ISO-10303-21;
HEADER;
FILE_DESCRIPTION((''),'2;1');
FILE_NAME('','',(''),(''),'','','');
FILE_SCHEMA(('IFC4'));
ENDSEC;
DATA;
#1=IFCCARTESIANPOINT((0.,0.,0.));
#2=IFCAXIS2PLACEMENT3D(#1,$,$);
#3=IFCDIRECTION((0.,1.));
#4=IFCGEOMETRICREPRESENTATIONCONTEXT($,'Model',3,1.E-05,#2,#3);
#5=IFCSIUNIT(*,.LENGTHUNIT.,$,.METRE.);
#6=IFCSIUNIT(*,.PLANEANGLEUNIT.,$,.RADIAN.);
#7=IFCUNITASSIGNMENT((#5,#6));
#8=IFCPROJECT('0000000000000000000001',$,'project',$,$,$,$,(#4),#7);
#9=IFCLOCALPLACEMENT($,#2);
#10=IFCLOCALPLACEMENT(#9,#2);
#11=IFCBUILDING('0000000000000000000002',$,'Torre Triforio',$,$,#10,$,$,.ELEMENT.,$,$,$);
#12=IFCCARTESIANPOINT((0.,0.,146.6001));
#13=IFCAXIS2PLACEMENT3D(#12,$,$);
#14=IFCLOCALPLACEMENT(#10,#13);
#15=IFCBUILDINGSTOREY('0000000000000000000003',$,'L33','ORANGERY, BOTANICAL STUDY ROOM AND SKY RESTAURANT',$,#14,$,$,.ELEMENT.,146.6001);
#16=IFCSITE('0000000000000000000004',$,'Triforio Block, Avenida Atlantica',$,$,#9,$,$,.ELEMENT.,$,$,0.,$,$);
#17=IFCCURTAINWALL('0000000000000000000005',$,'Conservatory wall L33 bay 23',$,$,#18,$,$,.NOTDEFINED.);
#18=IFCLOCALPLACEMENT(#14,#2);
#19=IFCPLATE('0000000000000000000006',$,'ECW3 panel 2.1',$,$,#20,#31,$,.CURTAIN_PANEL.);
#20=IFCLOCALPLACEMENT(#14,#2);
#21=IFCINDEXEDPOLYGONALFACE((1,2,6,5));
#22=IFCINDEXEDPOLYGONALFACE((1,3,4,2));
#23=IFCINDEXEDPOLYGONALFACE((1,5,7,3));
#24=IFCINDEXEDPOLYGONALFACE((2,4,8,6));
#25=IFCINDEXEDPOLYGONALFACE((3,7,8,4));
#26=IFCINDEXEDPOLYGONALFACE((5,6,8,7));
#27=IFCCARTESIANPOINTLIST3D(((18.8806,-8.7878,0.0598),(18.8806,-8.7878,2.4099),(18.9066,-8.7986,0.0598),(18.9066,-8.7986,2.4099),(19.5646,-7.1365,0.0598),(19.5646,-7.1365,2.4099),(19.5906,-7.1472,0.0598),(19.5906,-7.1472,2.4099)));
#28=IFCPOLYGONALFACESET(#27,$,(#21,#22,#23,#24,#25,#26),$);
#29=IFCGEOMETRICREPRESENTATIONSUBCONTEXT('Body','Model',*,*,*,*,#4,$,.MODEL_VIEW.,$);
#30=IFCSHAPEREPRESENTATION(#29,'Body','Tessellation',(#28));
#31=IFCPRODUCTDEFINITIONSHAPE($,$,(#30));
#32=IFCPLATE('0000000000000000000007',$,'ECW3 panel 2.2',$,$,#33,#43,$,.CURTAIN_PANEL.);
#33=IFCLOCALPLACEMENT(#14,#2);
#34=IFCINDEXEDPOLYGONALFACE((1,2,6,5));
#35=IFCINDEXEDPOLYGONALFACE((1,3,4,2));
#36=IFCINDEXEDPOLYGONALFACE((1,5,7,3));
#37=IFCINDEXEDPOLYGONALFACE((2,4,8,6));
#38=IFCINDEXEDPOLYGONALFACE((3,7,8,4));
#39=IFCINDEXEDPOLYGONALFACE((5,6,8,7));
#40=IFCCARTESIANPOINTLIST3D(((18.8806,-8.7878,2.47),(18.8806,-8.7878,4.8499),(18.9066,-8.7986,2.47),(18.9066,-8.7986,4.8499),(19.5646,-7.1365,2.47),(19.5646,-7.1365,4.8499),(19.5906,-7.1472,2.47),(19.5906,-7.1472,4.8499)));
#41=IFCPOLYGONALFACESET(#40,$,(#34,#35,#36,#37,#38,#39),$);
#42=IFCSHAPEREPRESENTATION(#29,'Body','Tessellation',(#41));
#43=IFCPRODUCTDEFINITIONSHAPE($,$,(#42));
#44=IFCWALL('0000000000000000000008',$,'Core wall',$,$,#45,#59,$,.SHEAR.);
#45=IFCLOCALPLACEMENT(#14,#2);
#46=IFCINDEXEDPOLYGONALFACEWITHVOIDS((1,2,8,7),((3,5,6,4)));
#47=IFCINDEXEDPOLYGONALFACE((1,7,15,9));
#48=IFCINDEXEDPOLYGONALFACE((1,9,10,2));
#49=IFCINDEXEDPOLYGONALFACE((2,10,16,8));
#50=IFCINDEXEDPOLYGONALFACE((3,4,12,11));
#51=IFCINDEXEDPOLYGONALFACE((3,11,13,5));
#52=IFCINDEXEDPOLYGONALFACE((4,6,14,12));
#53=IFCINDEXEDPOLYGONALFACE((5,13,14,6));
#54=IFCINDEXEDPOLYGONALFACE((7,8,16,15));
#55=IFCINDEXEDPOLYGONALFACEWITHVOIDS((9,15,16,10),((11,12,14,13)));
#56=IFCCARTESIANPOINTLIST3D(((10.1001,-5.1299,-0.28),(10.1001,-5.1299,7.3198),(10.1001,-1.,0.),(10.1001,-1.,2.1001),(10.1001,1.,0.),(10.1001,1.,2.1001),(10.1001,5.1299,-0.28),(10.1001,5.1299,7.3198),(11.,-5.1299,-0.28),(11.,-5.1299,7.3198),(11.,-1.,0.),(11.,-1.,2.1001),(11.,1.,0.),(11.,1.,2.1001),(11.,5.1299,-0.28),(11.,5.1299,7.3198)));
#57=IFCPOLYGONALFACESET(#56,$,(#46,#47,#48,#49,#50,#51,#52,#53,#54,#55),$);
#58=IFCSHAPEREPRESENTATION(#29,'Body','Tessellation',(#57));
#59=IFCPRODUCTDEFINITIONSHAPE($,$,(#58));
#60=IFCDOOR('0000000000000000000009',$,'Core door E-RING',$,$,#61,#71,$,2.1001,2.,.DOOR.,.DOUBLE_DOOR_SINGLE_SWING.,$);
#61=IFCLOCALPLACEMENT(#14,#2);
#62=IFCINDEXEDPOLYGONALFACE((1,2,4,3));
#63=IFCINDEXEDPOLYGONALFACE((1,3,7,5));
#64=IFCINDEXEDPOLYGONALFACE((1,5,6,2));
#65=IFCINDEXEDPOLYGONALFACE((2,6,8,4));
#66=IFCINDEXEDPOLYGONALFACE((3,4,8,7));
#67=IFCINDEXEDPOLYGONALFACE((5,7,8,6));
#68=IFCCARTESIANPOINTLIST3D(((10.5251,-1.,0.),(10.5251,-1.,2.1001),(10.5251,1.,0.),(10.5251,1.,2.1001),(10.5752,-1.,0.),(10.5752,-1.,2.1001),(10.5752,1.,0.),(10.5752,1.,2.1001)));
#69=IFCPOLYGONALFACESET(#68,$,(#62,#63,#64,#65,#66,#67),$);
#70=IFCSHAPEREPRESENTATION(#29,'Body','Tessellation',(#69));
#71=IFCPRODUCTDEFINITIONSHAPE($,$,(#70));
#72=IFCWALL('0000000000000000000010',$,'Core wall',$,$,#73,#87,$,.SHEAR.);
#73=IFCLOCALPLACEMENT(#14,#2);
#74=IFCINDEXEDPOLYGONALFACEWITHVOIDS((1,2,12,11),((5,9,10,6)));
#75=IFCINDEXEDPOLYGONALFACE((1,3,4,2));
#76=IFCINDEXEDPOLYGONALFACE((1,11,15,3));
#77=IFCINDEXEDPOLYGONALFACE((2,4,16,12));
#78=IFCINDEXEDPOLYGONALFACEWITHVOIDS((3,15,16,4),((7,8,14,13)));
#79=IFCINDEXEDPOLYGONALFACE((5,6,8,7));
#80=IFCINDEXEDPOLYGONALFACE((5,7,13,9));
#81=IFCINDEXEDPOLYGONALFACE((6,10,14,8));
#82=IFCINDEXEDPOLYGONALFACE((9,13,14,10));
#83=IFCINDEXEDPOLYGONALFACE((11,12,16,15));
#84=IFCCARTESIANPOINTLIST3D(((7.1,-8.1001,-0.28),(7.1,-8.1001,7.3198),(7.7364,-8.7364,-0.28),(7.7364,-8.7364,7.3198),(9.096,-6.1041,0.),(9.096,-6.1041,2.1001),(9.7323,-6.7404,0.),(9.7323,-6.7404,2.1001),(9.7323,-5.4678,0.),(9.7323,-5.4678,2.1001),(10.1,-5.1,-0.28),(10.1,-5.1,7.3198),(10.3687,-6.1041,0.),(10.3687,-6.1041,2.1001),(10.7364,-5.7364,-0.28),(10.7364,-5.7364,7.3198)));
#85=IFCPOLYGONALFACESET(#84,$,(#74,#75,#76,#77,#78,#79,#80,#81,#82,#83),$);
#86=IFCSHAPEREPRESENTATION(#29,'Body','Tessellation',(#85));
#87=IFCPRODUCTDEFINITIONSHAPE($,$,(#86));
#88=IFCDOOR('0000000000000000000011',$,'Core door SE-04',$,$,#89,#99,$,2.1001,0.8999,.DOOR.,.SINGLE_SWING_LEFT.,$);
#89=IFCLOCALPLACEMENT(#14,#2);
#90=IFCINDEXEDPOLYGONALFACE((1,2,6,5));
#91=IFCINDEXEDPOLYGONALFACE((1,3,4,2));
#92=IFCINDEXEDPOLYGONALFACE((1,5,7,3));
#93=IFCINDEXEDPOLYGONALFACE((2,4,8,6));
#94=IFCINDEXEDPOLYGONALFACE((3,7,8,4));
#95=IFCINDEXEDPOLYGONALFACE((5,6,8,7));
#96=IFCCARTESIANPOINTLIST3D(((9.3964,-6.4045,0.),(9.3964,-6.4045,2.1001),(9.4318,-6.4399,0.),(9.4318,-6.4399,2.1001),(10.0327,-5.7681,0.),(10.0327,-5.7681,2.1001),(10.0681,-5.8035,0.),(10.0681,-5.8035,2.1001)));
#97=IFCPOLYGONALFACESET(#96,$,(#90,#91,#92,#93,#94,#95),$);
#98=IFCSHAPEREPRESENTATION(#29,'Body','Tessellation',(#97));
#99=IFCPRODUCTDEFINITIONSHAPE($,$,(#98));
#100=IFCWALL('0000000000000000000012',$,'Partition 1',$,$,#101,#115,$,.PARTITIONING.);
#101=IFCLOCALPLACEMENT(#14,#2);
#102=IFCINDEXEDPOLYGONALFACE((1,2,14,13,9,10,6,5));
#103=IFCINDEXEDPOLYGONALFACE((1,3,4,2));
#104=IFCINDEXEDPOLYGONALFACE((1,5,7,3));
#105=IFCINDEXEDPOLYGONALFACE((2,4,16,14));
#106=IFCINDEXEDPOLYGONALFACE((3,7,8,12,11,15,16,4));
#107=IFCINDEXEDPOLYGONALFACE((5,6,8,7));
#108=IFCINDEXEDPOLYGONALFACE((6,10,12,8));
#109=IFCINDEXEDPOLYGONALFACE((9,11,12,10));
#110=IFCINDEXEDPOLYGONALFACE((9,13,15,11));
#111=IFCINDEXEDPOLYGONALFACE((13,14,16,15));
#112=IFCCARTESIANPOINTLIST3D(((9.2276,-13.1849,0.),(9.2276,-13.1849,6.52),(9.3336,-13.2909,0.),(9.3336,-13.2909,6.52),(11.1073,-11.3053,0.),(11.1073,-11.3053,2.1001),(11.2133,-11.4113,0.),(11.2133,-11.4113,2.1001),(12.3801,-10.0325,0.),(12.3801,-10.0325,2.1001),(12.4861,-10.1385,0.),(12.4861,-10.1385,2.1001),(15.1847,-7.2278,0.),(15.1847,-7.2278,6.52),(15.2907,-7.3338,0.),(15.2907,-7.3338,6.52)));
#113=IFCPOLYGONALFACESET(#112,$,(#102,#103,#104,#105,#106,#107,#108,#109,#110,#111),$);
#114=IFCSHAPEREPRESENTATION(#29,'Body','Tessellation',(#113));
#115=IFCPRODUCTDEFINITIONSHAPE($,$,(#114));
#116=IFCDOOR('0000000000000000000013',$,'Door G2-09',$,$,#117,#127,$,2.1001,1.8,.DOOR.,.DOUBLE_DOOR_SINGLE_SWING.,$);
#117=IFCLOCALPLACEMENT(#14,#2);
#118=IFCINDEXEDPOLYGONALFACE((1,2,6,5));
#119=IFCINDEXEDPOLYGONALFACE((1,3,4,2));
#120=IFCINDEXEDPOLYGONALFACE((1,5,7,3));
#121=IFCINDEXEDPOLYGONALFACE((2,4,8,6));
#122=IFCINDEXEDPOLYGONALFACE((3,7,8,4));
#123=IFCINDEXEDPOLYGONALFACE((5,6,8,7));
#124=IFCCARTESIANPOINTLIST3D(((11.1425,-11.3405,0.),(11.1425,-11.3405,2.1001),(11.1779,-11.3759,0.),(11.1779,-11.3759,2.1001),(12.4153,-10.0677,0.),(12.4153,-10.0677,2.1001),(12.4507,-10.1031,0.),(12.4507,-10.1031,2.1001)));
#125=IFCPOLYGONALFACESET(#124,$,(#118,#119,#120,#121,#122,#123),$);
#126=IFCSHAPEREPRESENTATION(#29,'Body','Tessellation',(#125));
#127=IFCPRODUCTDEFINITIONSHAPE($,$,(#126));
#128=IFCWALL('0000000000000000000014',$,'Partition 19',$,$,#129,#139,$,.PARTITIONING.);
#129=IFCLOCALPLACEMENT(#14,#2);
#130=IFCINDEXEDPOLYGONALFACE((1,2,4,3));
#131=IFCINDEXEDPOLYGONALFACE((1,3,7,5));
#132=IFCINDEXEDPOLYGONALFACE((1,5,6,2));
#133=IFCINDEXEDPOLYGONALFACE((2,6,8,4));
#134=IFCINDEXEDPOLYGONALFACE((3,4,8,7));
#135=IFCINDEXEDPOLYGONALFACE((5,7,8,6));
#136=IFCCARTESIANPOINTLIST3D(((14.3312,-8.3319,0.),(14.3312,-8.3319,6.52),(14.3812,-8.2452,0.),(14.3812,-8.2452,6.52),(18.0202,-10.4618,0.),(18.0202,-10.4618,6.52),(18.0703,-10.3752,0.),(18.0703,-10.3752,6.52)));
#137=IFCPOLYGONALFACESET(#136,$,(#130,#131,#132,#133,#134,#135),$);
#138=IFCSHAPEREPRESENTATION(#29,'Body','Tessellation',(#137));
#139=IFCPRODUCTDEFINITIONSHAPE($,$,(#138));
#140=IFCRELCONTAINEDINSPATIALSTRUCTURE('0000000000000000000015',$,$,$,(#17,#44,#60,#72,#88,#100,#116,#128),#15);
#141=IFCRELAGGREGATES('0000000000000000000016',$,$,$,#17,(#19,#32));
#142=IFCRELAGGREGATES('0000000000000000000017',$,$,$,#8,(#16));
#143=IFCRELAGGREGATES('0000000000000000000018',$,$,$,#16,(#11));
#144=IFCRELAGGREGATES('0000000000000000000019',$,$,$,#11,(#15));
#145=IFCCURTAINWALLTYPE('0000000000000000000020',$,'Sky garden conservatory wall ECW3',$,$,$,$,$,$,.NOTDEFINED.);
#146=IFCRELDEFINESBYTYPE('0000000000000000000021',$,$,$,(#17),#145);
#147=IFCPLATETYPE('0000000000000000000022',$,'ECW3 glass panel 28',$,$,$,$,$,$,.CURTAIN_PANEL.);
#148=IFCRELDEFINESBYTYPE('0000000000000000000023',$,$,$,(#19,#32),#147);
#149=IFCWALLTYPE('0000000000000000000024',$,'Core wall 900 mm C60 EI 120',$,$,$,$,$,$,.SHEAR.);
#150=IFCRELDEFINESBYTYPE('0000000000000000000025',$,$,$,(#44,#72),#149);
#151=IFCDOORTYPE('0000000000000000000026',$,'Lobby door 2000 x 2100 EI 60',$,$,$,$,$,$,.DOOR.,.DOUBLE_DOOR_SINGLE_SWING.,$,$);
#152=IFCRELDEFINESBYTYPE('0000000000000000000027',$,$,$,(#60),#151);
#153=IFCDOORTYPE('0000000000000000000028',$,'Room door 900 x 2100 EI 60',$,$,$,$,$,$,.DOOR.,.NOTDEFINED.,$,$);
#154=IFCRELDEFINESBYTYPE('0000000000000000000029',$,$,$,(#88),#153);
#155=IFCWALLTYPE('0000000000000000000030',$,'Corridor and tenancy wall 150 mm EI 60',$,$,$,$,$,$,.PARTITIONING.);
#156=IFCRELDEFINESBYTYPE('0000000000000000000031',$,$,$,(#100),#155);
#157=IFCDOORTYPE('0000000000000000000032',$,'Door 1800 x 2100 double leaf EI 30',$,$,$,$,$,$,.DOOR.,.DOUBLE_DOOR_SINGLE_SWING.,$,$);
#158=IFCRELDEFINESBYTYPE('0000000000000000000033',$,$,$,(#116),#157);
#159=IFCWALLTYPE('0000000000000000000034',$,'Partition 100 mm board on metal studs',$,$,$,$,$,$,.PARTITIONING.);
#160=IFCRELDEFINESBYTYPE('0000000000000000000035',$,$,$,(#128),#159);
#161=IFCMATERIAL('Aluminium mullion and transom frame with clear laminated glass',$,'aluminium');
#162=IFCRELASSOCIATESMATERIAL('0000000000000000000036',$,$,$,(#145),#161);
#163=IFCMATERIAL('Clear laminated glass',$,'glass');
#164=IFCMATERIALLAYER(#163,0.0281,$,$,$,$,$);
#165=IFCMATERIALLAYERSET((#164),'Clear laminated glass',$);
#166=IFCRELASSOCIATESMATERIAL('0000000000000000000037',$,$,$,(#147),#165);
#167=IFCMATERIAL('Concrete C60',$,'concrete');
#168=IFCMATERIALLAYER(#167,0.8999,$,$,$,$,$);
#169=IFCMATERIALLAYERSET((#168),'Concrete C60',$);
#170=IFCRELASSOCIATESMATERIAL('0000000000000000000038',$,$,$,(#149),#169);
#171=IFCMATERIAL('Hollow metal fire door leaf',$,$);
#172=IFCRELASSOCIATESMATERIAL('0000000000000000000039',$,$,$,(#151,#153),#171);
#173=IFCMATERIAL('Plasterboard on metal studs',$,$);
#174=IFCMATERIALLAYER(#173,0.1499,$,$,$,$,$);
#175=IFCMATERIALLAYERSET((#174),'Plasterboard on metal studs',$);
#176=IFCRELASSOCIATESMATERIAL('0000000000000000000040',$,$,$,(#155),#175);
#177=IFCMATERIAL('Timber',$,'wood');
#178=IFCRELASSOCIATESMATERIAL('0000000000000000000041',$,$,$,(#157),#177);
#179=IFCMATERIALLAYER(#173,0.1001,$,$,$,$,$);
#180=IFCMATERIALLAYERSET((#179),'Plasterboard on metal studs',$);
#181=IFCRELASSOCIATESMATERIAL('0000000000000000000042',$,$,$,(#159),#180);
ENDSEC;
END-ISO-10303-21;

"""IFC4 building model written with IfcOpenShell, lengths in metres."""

from ifc_helpers import new_model, si_unit, direction, frame, frame_2d, origin, origin_2d, place, context, subcontext, project, spatial, rectangle, extrude, material, layer, layer_set, type_object, element, fill, aggregate, save


model = new_model("IFC4")

# Units and contexts
model_context = context("Model", 3, precision=1e-05, world=origin(), true_north=direction((0.0, 1.0)))
body_context = subcontext(model_context, "Body", "Model", "MODEL_VIEW")
ifc_project = project(units=[si_unit("LENGTHUNIT", "METRE"), si_unit("PLANEANGLEUNIT", "RADIAN")], contexts=[model_context])

# Site, building, storey
site_placement = place(None, origin())
site = spatial("IfcSite", under=ifc_project, at=site_placement, Name="Triforio Block, Avenida Atlantica", CompositionType="ELEMENT", RefElevation=0.0)
building_placement = place(site_placement, origin())
building = spatial("IfcBuilding", under=site, at=building_placement, Name="Torre Triforio", CompositionType="ELEMENT")
storey_placement = place(building_placement, frame((0.0, 0.0, 146.6001)))
storey = spatial("IfcBuildingStorey", under=building, at=storey_placement, Name="L33", Description="ORANGERY, BOTANICAL STUDY ROOM AND SKY RESTAURANT", CompositionType="ELEMENT", Elevation=146.6001)

# Curtain wall
ifc_material_1 = material(Name="Aluminium mullion and transom frame with clear laminated glass", Category="aluminium")
curtain_wall_type = type_object("IfcCurtainWallType", Name="Sky garden conservatory wall ECW3", PredefinedType="NOTDEFINED", material=ifc_material_1)
curtain_wall_placement = place(storey_placement, origin())
curtain_wall = element("IfcCurtainWall", 1, at=curtain_wall_placement, inside=storey, type_object=curtain_wall_type, Name="Conservatory wall L33 bay 23", PredefinedType="NOTDEFINED")

# Plates
ifc_material_2 = material(Name="Clear laminated glass", Category="glass")
ifc_layer_1 = layer(ifc_material_2, 0.0281)
ifc_layer_set_1 = layer_set([ifc_layer_1], Name="Clear laminated glass")
plate_type = type_object("IfcPlateType", Name="ECW3 glass panel 28", PredefinedType="CURTAIN_PANEL", material=ifc_layer_set_1)
plate_1_placement = place(storey_placement, frame((19.2356, -7.9675, 0.0598), z_axis=(0.0, 0.0, 1.0), x_axis=(0.382675, 0.923883, 0.0)))
plate_1 = element("IfcPlate", 2, at=plate_1_placement, type_object=plate_type, Name="ECW3 panel 2.1", PredefinedType="CURTAIN_PANEL", context=body_context, shape_type="SweptSolid", body=[
    extrude(rectangle(XDim=1.7874, YDim=0.0281, at=origin_2d()), origin(), (0.0, 0.0, 1.0), 2.3501),
])
plate_2_placement = place(storey_placement, frame((19.2356, -7.9675, 2.47), z_axis=(0.0, 0.0, 1.0), x_axis=(0.382675, 0.923883, 0.0)))
plate_2 = element("IfcPlate", 3, at=plate_2_placement, type_object=plate_type, Name="ECW3 panel 2.2", PredefinedType="CURTAIN_PANEL", context=body_context, shape_type="SweptSolid", body=[
    extrude(rectangle(XDim=1.7874, YDim=0.0281, at=origin_2d()), origin(), (0.0, 0.0, 1.0), 2.3799),
])
aggregate(curtain_wall, [plate_1, plate_2])

# Walls, openings, doors
ifc_material_3 = material(Name="Concrete C60", Category="concrete")
ifc_layer_2 = layer(ifc_material_3, 0.8999)
ifc_layer_set_2 = layer_set([ifc_layer_2], Name="Concrete C60")
wall_type_1 = type_object("IfcWallType", Name="Core wall 900 mm C60 EI 120", PredefinedType="SHEAR", material=ifc_layer_set_2)
wall_1_placement = place(storey_placement, frame((10.55, -5.1299, -0.28), z_axis=(0.0, 0.0, 1.0), x_axis=(0.0, 1.0, 0.0)))
wall_1 = element("IfcWall", 4, at=wall_1_placement, inside=storey, type_object=wall_type_1, Name="Core wall", PredefinedType="SHEAR", context=body_context, shape_type="SweptSolid", body=[
    extrude(rectangle(XDim=10.2598, YDim=0.8999, at=frame_2d((5.1299, 0.0))), origin(), (0.0, 0.0, 1.0), 7.5999),
])
opening_1_placement = place(wall_1_placement, frame((4.1299, 0.0, 0.28)))
opening_1 = element("IfcOpeningElement", 5, at=opening_1_placement, cuts=wall_1, PredefinedType="OPENING", context=body_context, shape_type="SweptSolid", body=[
    extrude(rectangle(XDim=2.0, YDim=2.1001, at=frame_2d((1.0, 1.05))), frame((0.0, 0.46, 0.0), z_axis=(0.0, -1.0, 0.0), x_axis=(1.0, 0.0, 0.0)), (0.0, 0.0, 1.0), 0.9199),
])
ifc_material_4 = material(Name="Hollow metal fire door leaf")
door_type_1 = type_object("IfcDoorType", Name="Lobby door 2000 x 2100 EI 60", OperationType="DOUBLE_DOOR_SINGLE_SWING", PredefinedType="DOOR", material=ifc_material_4)
door_1_placement = place(opening_1_placement, origin())
door_1 = element("IfcDoor", 6, at=door_1_placement, inside=storey, type_object=door_type_1, Name="Core door E-RING", OperationType="DOUBLE_DOOR_SINGLE_SWING", OverallHeight=2.1001, OverallWidth=2.0, PredefinedType="DOOR", context=body_context, shape_type="SweptSolid", body=[
    extrude(rectangle(XDim=2.0, YDim=2.1001, at=frame_2d((1.0, 1.05))), frame((0.0, 0.0249, 0.0), z_axis=(0.0, -1.0, 0.0), x_axis=(1.0, 0.0, 0.0)), (0.0, 0.0, 1.0), 0.05),
])
fill(opening_1, door_1)
wall_2_placement = place(storey_placement, frame((10.4182, -5.4182, -0.28), z_axis=(0.0, 0.0, 1.0), x_axis=(-0.707107, -0.707107, 0.0)))
wall_2 = element("IfcWall", 7, at=wall_2_placement, inside=storey, type_object=wall_type_1, Name="Core wall", PredefinedType="SHEAR", context=body_context, shape_type="SweptSolid", body=[
    extrude(rectangle(XDim=4.2427, YDim=0.8999, at=frame_2d((2.1213, 0.0))), origin(), (0.0, 0.0, 1.0), 7.5999),
])
opening_2_placement = place(wall_2_placement, frame((0.52, 0.0, 0.28)))
opening_2 = element("IfcOpeningElement", 8, at=opening_2_placement, cuts=wall_2, PredefinedType="OPENING", context=body_context, shape_type="SweptSolid", body=[
    extrude(rectangle(XDim=0.8999, YDim=2.1001, at=frame_2d((0.45, 1.05))), frame((0.0, 0.46, 0.0), z_axis=(0.0, -1.0, 0.0), x_axis=(1.0, 0.0, 0.0)), (0.0, 0.0, 1.0), 0.9199),
])
door_type_2 = type_object("IfcDoorType", Name="Room door 900 x 2100 EI 60", OperationType="NOTDEFINED", PredefinedType="DOOR", material=ifc_material_4)
door_2_placement = place(opening_2_placement, origin())
door_2 = element("IfcDoor", 9, at=door_2_placement, inside=storey, type_object=door_type_2, Name="Core door SE-04", OperationType="SINGLE_SWING_LEFT", OverallHeight=2.1001, OverallWidth=0.8999, PredefinedType="DOOR", context=body_context, shape_type="SweptSolid", body=[
    extrude(rectangle(XDim=0.8999, YDim=2.1001, at=frame_2d((0.45, 1.05))), frame((0.0, 0.0249, 0.0), z_axis=(0.0, -1.0, 0.0), x_axis=(1.0, 0.0, 0.0)), (0.0, 0.0, 1.0), 0.05),
])
fill(opening_2, door_2)
ifc_material_5 = material(Name="Plasterboard on metal studs")
ifc_layer_3 = layer(ifc_material_5, 0.1499)
ifc_layer_set_3 = layer_set([ifc_layer_3], Name="Plasterboard on metal studs")
wall_type_2 = type_object("IfcWallType", Name="Corridor and tenancy wall 150 mm EI 60", PredefinedType="PARTITIONING", material=ifc_layer_set_3)
wall_3_placement = place(storey_placement, frame((15.2378, -7.2808, 0.0), z_axis=(0.0, 0.0, 1.0), x_axis=(-0.707107, -0.707107, 0.0)))
wall_3 = element("IfcWall", 10, at=wall_3_placement, inside=storey, type_object=wall_type_2, Name="Partition 1", PredefinedType="PARTITIONING", context=body_context, shape_type="SweptSolid", body=[
    extrude(rectangle(XDim=8.4246, YDim=0.1499, at=frame_2d((4.2124, 0.0))), origin(), (0.0, 0.0, 1.0), 6.52),
])
opening_3_placement = place(wall_3_placement, frame((3.9666, 0.0, 0.0)))
opening_3 = element("IfcOpeningElement", 11, at=opening_3_placement, cuts=wall_3, PredefinedType="OPENING", context=body_context, shape_type="SweptSolid", body=[
    extrude(rectangle(XDim=1.8, YDim=2.1001, at=frame_2d((0.8999, 1.05))), frame((0.0, 0.085, 0.0), z_axis=(0.0, -1.0, 0.0), x_axis=(1.0, 0.0, 0.0)), (0.0, 0.0, 1.0), 0.1699),
])
ifc_material_6 = material(Name="Timber", Category="wood")
door_type_3 = type_object("IfcDoorType", Name="Door 1800 x 2100 double leaf EI 30", OperationType="DOUBLE_DOOR_SINGLE_SWING", PredefinedType="DOOR", material=ifc_material_6)
door_3_placement = place(opening_3_placement, origin())
door_3 = element("IfcDoor", 12, at=door_3_placement, inside=storey, type_object=door_type_3, Name="Door G2-09", OperationType="DOUBLE_DOOR_SINGLE_SWING", OverallHeight=2.1001, OverallWidth=1.8, PredefinedType="DOOR", context=body_context, shape_type="SweptSolid", body=[
    extrude(rectangle(XDim=1.8, YDim=2.1001, at=frame_2d((0.8999, 1.05))), frame((0.0, 0.0249, 0.0), z_axis=(0.0, -1.0, 0.0), x_axis=(1.0, 0.0, 0.0)), (0.0, 0.0, 1.0), 0.05),
])
fill(opening_3, door_3)

# Wall
ifc_layer_4 = layer(ifc_material_5, 0.1001)
ifc_layer_set_4 = layer_set([ifc_layer_4], Name="Plasterboard on metal studs")
wall_type_3 = type_object("IfcWallType", Name="Partition 100 mm board on metal studs", PredefinedType="PARTITIONING", material=ifc_layer_set_4)
wall_4_placement = place(storey_placement, frame((14.3562, -8.2886, 0.0), z_axis=(0.0, 0.0, 1.0), x_axis=(0.86602, -0.50001, 0.0)))
element("IfcWall", 13, at=wall_4_placement, inside=storey, type_object=wall_type_3, Name="Partition 19", PredefinedType="PARTITIONING", context=body_context, shape_type="SweptSolid", body=[
    extrude(rectangle(XDim=4.2598, YDim=0.1001, at=frame_2d((2.1299, 0.0))), origin(), (0.0, 0.0, 1.0), 6.52),
])

save(model, "model.ifc")
